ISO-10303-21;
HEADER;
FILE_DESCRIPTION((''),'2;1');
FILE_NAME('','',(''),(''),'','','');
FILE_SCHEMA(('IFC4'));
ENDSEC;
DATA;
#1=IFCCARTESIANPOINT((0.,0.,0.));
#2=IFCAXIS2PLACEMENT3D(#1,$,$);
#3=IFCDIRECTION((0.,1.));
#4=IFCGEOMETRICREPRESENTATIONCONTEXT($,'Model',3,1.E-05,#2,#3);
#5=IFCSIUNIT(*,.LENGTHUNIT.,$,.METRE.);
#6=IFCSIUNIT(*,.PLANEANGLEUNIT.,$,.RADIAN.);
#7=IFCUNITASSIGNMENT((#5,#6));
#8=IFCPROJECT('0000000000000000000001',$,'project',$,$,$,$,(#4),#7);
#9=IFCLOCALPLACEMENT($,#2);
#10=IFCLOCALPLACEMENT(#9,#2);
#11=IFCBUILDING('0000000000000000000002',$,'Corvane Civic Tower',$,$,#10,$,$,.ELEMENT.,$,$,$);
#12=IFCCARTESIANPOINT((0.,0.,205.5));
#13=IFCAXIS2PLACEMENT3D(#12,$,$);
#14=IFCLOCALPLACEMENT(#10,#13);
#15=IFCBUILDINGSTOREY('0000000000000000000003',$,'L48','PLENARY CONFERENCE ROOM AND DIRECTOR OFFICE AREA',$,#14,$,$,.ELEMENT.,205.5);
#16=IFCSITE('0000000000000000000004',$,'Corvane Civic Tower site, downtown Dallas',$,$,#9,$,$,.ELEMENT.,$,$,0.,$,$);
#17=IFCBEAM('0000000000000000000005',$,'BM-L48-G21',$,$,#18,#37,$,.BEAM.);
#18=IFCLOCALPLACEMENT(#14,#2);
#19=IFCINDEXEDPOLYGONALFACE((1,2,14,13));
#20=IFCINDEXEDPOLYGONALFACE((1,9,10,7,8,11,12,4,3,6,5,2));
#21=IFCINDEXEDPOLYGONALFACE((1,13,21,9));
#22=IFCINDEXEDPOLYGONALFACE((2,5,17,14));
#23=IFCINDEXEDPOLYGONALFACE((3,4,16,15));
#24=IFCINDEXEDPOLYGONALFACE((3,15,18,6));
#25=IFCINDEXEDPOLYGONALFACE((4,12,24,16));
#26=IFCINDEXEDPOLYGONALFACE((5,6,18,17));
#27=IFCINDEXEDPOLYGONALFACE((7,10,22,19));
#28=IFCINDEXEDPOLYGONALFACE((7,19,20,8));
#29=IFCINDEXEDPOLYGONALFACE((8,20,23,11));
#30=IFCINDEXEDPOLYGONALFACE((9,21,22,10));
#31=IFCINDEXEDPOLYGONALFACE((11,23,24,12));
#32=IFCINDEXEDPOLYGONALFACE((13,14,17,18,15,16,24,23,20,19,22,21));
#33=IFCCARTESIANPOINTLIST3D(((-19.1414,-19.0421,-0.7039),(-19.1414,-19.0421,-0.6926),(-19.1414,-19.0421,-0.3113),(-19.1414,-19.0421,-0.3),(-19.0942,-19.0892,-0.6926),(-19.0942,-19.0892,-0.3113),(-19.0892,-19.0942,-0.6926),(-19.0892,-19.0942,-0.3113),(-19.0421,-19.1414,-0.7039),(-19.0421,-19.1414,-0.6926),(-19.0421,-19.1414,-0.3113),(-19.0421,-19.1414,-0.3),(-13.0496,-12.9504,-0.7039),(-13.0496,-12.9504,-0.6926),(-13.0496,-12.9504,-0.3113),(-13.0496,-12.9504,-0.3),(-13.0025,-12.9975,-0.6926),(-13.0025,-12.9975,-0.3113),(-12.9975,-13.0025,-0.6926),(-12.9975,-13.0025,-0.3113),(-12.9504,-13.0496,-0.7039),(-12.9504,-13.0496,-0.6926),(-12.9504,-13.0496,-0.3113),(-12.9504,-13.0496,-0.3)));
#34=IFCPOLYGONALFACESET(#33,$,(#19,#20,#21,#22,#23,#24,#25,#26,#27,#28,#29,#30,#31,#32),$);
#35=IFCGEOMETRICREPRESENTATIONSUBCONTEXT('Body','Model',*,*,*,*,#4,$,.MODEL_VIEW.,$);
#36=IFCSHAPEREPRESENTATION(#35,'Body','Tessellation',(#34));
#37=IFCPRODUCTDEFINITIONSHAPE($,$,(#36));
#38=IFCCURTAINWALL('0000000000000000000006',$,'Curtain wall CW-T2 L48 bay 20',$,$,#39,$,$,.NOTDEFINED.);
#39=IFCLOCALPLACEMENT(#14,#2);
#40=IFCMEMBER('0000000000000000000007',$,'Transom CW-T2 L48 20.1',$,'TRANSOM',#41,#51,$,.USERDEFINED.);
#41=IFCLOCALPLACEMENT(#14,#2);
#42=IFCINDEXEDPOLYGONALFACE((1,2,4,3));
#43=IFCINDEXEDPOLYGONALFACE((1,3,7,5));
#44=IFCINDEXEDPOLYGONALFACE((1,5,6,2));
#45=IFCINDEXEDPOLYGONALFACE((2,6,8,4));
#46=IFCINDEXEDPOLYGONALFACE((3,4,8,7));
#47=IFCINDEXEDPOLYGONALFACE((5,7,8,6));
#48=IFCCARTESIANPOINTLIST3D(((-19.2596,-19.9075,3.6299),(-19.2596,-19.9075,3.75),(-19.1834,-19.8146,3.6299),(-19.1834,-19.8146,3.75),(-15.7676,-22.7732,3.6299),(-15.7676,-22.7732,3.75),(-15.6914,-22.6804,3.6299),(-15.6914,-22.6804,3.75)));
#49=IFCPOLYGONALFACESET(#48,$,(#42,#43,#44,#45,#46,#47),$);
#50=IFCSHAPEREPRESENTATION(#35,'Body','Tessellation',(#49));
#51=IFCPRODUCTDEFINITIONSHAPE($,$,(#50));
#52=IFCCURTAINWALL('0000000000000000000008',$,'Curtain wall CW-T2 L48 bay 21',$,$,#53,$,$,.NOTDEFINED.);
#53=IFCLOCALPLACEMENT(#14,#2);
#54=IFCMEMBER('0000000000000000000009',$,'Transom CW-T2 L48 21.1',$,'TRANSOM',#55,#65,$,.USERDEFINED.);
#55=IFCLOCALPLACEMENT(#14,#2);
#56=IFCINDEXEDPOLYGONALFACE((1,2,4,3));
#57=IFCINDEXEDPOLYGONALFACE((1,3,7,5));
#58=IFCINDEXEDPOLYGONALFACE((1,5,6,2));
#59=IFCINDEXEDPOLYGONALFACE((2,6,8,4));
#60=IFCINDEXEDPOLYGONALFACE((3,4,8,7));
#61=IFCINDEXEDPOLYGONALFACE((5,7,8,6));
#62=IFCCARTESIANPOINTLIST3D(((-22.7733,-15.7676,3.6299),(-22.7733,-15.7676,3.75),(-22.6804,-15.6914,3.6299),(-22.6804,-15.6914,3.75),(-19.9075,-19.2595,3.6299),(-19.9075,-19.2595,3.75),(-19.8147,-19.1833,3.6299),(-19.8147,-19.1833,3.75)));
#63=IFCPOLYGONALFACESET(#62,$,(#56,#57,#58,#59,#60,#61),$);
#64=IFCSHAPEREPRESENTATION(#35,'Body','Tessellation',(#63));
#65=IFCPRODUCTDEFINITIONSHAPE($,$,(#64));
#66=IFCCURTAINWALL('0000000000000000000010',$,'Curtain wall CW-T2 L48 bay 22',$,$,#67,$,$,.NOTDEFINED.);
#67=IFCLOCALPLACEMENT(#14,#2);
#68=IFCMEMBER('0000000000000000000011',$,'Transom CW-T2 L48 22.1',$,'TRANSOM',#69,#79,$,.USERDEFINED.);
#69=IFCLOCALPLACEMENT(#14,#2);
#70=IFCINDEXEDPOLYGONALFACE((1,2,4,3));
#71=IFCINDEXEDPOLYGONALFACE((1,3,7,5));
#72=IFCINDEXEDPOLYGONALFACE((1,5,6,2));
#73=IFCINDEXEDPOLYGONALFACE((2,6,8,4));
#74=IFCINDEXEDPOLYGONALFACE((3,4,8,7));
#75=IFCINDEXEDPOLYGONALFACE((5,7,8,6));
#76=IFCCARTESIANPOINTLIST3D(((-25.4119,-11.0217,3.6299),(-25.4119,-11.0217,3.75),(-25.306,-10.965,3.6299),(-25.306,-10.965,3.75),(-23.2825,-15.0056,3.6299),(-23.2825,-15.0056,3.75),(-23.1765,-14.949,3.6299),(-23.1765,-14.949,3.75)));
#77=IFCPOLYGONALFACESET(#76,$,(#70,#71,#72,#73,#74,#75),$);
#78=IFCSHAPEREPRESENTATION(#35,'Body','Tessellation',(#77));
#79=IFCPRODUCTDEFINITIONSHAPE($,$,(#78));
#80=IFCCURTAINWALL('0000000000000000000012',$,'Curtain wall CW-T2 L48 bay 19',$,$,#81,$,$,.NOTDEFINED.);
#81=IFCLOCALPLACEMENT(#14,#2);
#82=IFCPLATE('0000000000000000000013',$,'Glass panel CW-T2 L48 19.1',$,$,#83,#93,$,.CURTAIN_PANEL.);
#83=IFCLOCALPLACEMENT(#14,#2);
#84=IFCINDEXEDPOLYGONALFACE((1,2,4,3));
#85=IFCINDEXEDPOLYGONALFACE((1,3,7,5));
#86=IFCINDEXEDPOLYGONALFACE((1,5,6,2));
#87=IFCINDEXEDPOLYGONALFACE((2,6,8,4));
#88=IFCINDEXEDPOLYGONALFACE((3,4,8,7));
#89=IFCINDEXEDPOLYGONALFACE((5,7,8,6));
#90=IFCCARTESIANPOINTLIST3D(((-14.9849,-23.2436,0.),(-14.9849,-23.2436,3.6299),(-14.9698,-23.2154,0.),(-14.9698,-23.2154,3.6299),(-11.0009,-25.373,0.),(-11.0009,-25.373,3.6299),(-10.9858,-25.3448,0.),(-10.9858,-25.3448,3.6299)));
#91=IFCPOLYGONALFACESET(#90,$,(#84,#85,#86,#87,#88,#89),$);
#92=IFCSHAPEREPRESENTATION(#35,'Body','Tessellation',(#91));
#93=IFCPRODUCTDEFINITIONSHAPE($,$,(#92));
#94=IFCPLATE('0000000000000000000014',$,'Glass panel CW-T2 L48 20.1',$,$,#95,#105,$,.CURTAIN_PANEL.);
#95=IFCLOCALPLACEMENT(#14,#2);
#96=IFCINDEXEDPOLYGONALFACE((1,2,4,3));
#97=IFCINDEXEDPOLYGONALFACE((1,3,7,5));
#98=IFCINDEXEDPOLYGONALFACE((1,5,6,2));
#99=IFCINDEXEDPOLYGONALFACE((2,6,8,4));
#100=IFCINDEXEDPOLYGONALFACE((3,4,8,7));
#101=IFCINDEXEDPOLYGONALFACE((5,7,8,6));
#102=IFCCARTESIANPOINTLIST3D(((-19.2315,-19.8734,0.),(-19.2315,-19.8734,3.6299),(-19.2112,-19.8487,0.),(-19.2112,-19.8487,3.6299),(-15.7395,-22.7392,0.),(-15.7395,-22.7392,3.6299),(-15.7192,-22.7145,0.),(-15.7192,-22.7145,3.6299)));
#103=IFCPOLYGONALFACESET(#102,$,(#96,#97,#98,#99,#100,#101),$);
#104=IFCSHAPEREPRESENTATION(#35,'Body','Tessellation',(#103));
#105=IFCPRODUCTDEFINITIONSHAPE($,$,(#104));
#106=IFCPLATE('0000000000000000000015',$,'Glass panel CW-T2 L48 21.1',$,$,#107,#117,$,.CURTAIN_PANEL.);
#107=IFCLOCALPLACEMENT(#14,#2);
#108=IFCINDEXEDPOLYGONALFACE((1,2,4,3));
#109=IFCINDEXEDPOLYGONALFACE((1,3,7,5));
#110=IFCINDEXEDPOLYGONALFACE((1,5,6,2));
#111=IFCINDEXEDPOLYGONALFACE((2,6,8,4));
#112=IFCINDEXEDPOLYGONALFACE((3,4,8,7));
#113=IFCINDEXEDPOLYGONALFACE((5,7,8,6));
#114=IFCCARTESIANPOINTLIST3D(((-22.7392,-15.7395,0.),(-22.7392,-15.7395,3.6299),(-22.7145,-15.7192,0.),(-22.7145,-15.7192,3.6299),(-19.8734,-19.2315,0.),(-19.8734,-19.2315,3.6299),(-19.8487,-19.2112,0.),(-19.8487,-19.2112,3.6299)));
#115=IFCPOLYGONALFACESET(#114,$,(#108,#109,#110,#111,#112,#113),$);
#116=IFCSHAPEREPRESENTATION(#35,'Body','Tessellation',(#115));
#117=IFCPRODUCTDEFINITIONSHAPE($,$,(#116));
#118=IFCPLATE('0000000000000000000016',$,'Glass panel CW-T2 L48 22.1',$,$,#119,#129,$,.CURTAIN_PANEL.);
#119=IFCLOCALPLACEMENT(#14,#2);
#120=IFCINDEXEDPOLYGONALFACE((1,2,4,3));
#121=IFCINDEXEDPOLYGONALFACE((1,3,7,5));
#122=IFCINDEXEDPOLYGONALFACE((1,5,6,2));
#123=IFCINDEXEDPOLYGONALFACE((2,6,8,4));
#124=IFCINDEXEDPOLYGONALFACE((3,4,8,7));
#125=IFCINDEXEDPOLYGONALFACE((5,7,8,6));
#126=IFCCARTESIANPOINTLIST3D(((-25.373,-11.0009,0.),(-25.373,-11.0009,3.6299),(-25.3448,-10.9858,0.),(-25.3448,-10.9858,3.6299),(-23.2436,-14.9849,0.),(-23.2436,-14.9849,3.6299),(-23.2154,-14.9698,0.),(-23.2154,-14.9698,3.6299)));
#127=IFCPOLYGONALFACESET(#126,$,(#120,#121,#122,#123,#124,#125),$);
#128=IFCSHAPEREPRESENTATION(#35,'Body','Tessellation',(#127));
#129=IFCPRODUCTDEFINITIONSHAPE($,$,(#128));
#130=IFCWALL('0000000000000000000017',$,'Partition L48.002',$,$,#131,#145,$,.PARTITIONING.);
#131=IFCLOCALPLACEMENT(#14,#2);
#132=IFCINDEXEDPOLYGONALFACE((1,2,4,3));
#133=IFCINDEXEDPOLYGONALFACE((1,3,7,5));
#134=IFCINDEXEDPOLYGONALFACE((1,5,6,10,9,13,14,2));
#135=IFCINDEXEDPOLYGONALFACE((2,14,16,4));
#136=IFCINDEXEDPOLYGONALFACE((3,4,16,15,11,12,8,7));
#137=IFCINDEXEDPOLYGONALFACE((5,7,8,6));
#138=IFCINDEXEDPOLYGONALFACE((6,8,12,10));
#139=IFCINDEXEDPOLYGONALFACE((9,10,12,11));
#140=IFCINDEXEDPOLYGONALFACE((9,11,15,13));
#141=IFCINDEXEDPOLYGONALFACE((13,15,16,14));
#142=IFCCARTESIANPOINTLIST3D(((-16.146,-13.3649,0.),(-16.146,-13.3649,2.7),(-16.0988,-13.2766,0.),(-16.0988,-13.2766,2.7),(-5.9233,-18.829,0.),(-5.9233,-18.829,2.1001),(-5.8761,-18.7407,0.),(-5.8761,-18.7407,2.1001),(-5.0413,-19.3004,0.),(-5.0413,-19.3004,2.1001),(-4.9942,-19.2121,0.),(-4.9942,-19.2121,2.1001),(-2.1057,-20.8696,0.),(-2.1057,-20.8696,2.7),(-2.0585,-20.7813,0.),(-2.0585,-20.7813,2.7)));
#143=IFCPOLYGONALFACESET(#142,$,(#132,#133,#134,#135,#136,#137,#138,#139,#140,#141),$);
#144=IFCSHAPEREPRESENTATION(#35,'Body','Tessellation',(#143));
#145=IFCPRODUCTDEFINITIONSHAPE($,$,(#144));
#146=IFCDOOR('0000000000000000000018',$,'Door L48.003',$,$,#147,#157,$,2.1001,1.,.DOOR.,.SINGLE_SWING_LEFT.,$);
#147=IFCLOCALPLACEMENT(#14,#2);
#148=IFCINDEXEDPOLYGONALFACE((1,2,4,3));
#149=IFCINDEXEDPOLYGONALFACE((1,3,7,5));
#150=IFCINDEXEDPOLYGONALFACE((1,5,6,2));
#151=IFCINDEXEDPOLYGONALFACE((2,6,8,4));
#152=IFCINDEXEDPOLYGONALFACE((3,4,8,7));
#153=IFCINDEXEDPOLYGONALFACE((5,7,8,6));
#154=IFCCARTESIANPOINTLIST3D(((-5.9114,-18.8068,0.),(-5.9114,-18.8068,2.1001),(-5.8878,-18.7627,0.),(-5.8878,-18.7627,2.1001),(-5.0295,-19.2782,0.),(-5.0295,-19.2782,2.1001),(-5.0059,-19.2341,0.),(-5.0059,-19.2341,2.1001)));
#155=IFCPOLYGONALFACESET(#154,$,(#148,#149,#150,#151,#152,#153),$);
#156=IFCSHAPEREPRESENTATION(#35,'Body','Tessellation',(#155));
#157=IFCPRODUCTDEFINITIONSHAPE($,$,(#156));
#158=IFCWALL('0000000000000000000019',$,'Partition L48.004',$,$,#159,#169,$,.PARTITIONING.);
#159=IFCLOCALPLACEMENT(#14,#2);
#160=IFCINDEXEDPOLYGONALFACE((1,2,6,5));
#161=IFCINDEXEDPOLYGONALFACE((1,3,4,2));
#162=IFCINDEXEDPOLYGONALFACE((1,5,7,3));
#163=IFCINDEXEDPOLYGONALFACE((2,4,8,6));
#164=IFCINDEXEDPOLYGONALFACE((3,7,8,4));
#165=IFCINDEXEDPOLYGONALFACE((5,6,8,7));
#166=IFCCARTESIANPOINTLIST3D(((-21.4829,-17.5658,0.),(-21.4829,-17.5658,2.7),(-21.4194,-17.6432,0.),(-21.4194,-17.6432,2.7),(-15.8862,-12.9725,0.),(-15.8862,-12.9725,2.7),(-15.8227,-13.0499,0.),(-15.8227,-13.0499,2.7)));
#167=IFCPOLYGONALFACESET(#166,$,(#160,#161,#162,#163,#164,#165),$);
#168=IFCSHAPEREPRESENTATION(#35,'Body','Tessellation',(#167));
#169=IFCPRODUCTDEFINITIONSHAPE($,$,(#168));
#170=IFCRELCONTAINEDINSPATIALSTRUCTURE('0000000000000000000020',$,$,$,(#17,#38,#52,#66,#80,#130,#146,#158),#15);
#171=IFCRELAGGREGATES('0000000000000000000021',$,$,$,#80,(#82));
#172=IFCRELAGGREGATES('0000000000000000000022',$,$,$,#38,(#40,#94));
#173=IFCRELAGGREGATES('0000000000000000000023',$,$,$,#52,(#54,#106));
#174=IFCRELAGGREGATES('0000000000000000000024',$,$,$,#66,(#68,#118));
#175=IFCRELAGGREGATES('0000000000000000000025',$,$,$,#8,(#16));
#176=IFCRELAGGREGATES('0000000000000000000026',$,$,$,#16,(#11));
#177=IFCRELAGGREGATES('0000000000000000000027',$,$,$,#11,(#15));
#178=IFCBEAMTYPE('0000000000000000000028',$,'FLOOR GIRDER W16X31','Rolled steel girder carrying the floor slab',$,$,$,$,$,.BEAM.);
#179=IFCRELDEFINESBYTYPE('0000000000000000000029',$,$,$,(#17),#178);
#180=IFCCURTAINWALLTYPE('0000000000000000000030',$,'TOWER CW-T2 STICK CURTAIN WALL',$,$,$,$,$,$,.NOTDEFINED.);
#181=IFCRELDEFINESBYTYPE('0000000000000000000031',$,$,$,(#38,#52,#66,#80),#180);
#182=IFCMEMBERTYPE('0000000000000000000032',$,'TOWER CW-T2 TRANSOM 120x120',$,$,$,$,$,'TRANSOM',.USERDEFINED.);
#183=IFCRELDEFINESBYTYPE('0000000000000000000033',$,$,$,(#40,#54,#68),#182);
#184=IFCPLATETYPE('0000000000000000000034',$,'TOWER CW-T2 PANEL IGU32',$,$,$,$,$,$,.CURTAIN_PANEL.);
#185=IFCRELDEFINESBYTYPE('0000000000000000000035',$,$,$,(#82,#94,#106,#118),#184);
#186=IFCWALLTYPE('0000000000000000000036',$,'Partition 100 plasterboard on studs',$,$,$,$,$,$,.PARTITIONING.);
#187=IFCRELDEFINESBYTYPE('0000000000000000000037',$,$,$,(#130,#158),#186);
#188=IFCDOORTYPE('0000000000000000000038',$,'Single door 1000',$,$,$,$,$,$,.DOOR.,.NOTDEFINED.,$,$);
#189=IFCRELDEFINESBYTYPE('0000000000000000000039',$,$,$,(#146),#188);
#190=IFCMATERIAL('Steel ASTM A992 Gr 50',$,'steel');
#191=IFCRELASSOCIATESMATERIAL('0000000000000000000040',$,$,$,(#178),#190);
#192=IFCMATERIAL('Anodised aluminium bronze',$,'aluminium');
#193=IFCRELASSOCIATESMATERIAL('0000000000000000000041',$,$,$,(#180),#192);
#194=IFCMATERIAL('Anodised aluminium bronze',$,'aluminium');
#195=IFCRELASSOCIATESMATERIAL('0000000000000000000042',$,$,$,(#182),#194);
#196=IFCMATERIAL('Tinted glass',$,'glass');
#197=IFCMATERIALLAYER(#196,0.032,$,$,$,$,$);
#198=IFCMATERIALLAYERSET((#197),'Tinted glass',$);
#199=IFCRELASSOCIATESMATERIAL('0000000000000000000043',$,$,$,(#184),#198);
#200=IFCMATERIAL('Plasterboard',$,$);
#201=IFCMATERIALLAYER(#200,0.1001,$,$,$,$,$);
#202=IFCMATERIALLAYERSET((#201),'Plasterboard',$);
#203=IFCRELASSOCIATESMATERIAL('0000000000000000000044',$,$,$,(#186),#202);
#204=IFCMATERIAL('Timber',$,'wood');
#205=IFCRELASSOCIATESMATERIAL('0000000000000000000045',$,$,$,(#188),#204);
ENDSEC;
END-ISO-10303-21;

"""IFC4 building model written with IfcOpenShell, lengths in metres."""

from ifc_helpers import new_model, si_unit, direction, frame, frame_2d, origin, origin_2d, place, context, subcontext, project, spatial, rectangle, i_section, extrude, material, layer, layer_set, material_profile, profile_set, type_object, element, fill, aggregate, save


model = new_model("IFC4")

# Units and contexts
model_context = context("Model", 3, precision=1e-05, world=origin(), true_north=direction((0.0, 1.0)))
body_context = subcontext(model_context, "Body", "Model", "MODEL_VIEW")
ifc_project = project(units=[si_unit("LENGTHUNIT", "METRE"), si_unit("PLANEANGLEUNIT", "RADIAN")], contexts=[model_context])

# Site, building, storey
site_placement = place(None, origin())
site = spatial("IfcSite", under=ifc_project, at=site_placement, Name="Corvane Civic Tower site, downtown Dallas", CompositionType="ELEMENT", RefElevation=0.0)
building_placement = place(site_placement, origin())
building = spatial("IfcBuilding", under=site, at=building_placement, Name="Corvane Civic Tower", CompositionType="ELEMENT")
storey_placement = place(building_placement, frame((0.0, 0.0, 205.5)))
storey = spatial("IfcBuildingStorey", under=building, at=storey_placement, Name="L48", Description="PLENARY CONFERENCE ROOM AND DIRECTOR OFFICE AREA", CompositionType="ELEMENT", Elevation=205.5)

# Beam
ifc_material_1 = material(Name="Steel ASTM A992 Gr 50", Category="steel")
ifc_material_profile_1 = material_profile(ifc_material_1, i_section(OverallWidth=0.1404, OverallDepth=0.4038, WebThickness=0.0071, FlangeThickness=0.0112, at=origin_2d()), Name="W16X31")
ifc_profile_set_1 = profile_set([ifc_material_profile_1], Name="Steel ASTM A992 Gr 50")
beam_type_1 = type_object("IfcBeamType", Name="FLOOR GIRDER W16X31", Description="Rolled steel girder carrying the floor slab", PredefinedType="BEAM", material=ifc_profile_set_1)
beam_placement = place(storey_placement, frame((-13.0, -13.0, -0.502), z_axis=(-0.707107, -0.707107, 0.0), x_axis=(0.707107, -0.707107, 0.0)))
element("IfcBeam", 1, at=beam_placement, inside=storey, type_object=beam_type_1, Name="BM-L48-G21", PredefinedType="BEAM", context=body_context, shape_type="SweptSolid", body=[
    extrude(i_section(OverallWidth=0.1404, OverallDepth=0.4038, WebThickness=0.0071, FlangeThickness=0.0112, at=origin_2d()), origin(), (0.0, 0.0, 1.0), 8.615),
])

# Curtain walls, members
ifc_material_2 = material(Name="Anodised aluminium bronze", Category="aluminium")
curtain_wall_type = type_object("IfcCurtainWallType", Name="TOWER CW-T2 STICK CURTAIN WALL", PredefinedType="NOTDEFINED", material=ifc_material_2)
curtain_wall_1_placement = place(storey_placement, origin())
curtain_wall_1 = element("IfcCurtainWall", 2, at=curtain_wall_1_placement, inside=storey, type_object=curtain_wall_type, Name="Curtain wall CW-T2 L48 bay 20", PredefinedType="NOTDEFINED")
ifc_material_3 = material(Name="Anodised aluminium bronze", Category="aluminium")
ifc_material_profile_2 = material_profile(ifc_material_3, rectangle(XDim=0.1201, YDim=0.1201, at=origin_2d()), Name="TOWER CW-T2 TRANSOM 120x120")
ifc_profile_set_2 = profile_set([ifc_material_profile_2], Name="Anodised aluminium bronze")
member_type = type_object("IfcMemberType", Name="TOWER CW-T2 TRANSOM 120x120", ElementType="TRANSOM", PredefinedType="USERDEFINED", material=ifc_profile_set_2)
member_1_placement = place(storey_placement, frame((-15.7295, -22.7268, 3.6899), z_axis=(-0.773015, 0.634388, 0.0), x_axis=(-0.634388, -0.773015, 0.0)))
member_1 = element("IfcMember", 3, at=member_1_placement, type_object=member_type, Name="Transom CW-T2 L48 20.1", ObjectType="TRANSOM", PredefinedType="USERDEFINED", context=body_context, shape_type="SweptSolid", body=[
    extrude(rectangle(XDim=0.1201, YDim=0.1201, at=origin_2d()), origin(), (0.0, 0.0, 1.0), 4.5173),
])
curtain_wall_2_placement = place(storey_placement, origin())
curtain_wall_2 = element("IfcCurtainWall", 4, at=curtain_wall_2_placement, inside=storey, type_object=curtain_wall_type, Name="Curtain wall CW-T2 L48 bay 21", PredefinedType="NOTDEFINED")
member_2_placement = place(storey_placement, frame((-19.8611, -19.2214, 3.6899), z_axis=(-0.634388, 0.773015, 0.0), x_axis=(-0.773015, -0.634388, 0.0)))
member_2 = element("IfcMember", 5, at=member_2_placement, type_object=member_type, Name="Transom CW-T2 L48 21.1", ObjectType="TRANSOM", PredefinedType="USERDEFINED", context=body_context, shape_type="SweptSolid", body=[
    extrude(rectangle(XDim=0.1201, YDim=0.1201, at=origin_2d()), origin(), (0.0, 0.0, 1.0), 4.5173),
])
curtain_wall_3_placement = place(storey_placement, origin())
curtain_wall_3 = element("IfcCurtainWall", 6, at=curtain_wall_3_placement, inside=storey, type_object=curtain_wall_type, Name="Curtain wall CW-T2 L48 bay 22", PredefinedType="NOTDEFINED")
member_3_placement = place(storey_placement, frame((-23.2295, -14.9773, 3.6899), z_axis=(-0.47139, 0.881925, 0.0), x_axis=(-0.881925, -0.47139, 0.0)))
member_3 = element("IfcMember", 7, at=member_3_placement, type_object=member_type, Name="Transom CW-T2 L48 22.1", ObjectType="TRANSOM", PredefinedType="USERDEFINED", context=body_context, shape_type="SweptSolid", body=[
    extrude(rectangle(XDim=0.1201, YDim=0.1201, at=origin_2d()), origin(), (0.0, 0.0, 1.0), 4.5173),
])

# Curtain wall, plate
curtain_wall_4_placement = place(storey_placement, origin())
curtain_wall_4 = element("IfcCurtainWall", 8, at=curtain_wall_4_placement, inside=storey, type_object=curtain_wall_type, Name="Curtain wall CW-T2 L48 bay 19", PredefinedType="NOTDEFINED")
ifc_material_4 = material(Name="Tinted glass", Category="glass")
ifc_layer_1 = layer(ifc_material_4, 0.032)
ifc_layer_set_1 = layer_set([ifc_layer_1], Name="Tinted glass")
plate_type = type_object("IfcPlateType", Name="TOWER CW-T2 PANEL IGU32", PredefinedType="CURTAIN_PANEL", material=ifc_layer_set_1)
plate_1_placement = place(storey_placement, frame((-12.9854, -24.2942, 0.0), z_axis=(0.0, 0.0, 1.0), x_axis=(-0.88192, 0.471398, 0.0)))
plate_1 = element("IfcPlate", 9, at=plate_1_placement, type_object=plate_type, Name="Glass panel CW-T2 L48 19.1", PredefinedType="CURTAIN_PANEL", context=body_context, shape_type="SweptSolid", body=[
    extrude(rectangle(XDim=4.5173, YDim=0.032, at=origin_2d()), origin(), (0.0, 0.0, 1.0), 3.6299),
])
aggregate(curtain_wall_4, [plate_1])

# Plates
plate_2_placement = place(storey_placement, frame((-17.4753, -21.2939, 0.0), z_axis=(0.0, 0.0, 1.0), x_axis=(-0.773012, 0.634391, 0.0)))
plate_2 = element("IfcPlate", 10, at=plate_2_placement, type_object=plate_type, Name="Glass panel CW-T2 L48 20.1", PredefinedType="CURTAIN_PANEL", context=body_context, shape_type="SweptSolid", body=[
    extrude(rectangle(XDim=4.5173, YDim=0.032, at=origin_2d()), origin(), (0.0, 0.0, 1.0), 3.6299),
])
aggregate(curtain_wall_1, [member_1, plate_2])
plate_3_placement = place(storey_placement, frame((-21.2939, -17.4753, 0.0), z_axis=(0.0, 0.0, 1.0), x_axis=(-0.634391, 0.773012, 0.0)))
plate_3 = element("IfcPlate", 11, at=plate_3_placement, type_object=plate_type, Name="Glass panel CW-T2 L48 21.1", PredefinedType="CURTAIN_PANEL", context=body_context, shape_type="SweptSolid", body=[
    extrude(rectangle(XDim=4.5173, YDim=0.032, at=origin_2d()), origin(), (0.0, 0.0, 1.0), 3.6299),
])
aggregate(curtain_wall_2, [member_2, plate_3])
plate_4_placement = place(storey_placement, frame((-24.2942, -12.9854, 0.0), z_axis=(0.0, 0.0, 1.0), x_axis=(-0.471398, 0.88192, 0.0)))
plate_4 = element("IfcPlate", 12, at=plate_4_placement, type_object=plate_type, Name="Glass panel CW-T2 L48 22.1", PredefinedType="CURTAIN_PANEL", context=body_context, shape_type="SweptSolid", body=[
    extrude(rectangle(XDim=4.5173, YDim=0.032, at=origin_2d()), origin(), (0.0, 0.0, 1.0), 3.6299),
])
aggregate(curtain_wall_3, [member_3, plate_4])

# Wall, opening, door
ifc_material_5 = material(Name="Plasterboard")
ifc_layer_2 = layer(ifc_material_5, 0.1001)
ifc_layer_set_2 = layer_set([ifc_layer_2], Name="Plasterboard")
wall_type_1 = type_object("IfcWallType", Name="Partition 100 plasterboard on studs", PredefinedType="PARTITIONING", material=ifc_layer_set_2)
wall_1_placement = place(storey_placement, frame((-16.1223, -13.3208, 0.0), z_axis=(0.0, 0.0, 1.0), x_axis=(0.881923, -0.471394, 0.0)))
wall_1 = element("IfcWall", 13, at=wall_1_placement, inside=storey, type_object=wall_type_1, Name="Partition L48.002", PredefinedType="PARTITIONING", context=body_context, shape_type="SweptSolid", body=[
    extrude(rectangle(XDim=15.9202, YDim=0.1001, at=frame_2d((7.96, 0.0))), origin(), (0.0, 0.0, 1.0), 2.7),
])
opening_1_placement = place(wall_1_placement, frame((11.5913, 0.0, 0.0)))
opening_1 = element("IfcOpeningElement", 14, at=opening_1_placement, cuts=wall_1, PredefinedType="OPENING", context=body_context, shape_type="SweptSolid", body=[
    extrude(rectangle(XDim=1.0, YDim=2.1001, at=frame_2d((0.5, 1.05))), frame((0.0, 0.0601, 0.0), z_axis=(0.0, -1.0, 0.0), x_axis=(1.0, 0.0, 0.0)), (0.0, 0.0, 1.0), 0.1201),
])
ifc_material_6 = material(Name="Timber", Category="wood")
door_type_1 = type_object("IfcDoorType", Name="Single door 1000", OperationType="NOTDEFINED", PredefinedType="DOOR", material=ifc_material_6)
door_1_placement = place(opening_1_placement, frame((1.0, 0.0, 0.0), z_axis=(0.0, 0.0, 1.0), x_axis=(-1.0, 0.0, 0.0)))
door_1 = element("IfcDoor", 15, at=door_1_placement, inside=storey, type_object=door_type_1, Name="Door L48.003", OperationType="SINGLE_SWING_LEFT", OverallHeight=2.1001, OverallWidth=1.0, PredefinedType="DOOR", context=body_context, shape_type="SweptSolid", body=[
    extrude(rectangle(XDim=1.0, YDim=2.1001, at=frame_2d((0.5, 1.05))), frame((0.0, 0.0249, 0.0), z_axis=(0.0, -1.0, 0.0), x_axis=(1.0, 0.0, 0.0)), (0.0, 0.0, 1.0), 0.05),
])
fill(opening_1, door_1)

# Wall
wall_2_placement = place(storey_placement, frame((-21.4512, -17.6045, 0.0), z_axis=(0.0, 0.0, 1.0), x_axis=(0.772998, 0.634409, 0.0)))
element("IfcWall", 16, at=wall_2_placement, inside=storey, type_object=wall_type_1, Name="Partition L48.004", PredefinedType="PARTITIONING", context=body_context, shape_type="SweptSolid", body=[
    extrude(rectangle(XDim=7.2402, YDim=0.1001, at=frame_2d((3.6201, 0.0))), origin(), (0.0, 0.0, 1.0), 2.7),
])

save(model, "model.ifc")
